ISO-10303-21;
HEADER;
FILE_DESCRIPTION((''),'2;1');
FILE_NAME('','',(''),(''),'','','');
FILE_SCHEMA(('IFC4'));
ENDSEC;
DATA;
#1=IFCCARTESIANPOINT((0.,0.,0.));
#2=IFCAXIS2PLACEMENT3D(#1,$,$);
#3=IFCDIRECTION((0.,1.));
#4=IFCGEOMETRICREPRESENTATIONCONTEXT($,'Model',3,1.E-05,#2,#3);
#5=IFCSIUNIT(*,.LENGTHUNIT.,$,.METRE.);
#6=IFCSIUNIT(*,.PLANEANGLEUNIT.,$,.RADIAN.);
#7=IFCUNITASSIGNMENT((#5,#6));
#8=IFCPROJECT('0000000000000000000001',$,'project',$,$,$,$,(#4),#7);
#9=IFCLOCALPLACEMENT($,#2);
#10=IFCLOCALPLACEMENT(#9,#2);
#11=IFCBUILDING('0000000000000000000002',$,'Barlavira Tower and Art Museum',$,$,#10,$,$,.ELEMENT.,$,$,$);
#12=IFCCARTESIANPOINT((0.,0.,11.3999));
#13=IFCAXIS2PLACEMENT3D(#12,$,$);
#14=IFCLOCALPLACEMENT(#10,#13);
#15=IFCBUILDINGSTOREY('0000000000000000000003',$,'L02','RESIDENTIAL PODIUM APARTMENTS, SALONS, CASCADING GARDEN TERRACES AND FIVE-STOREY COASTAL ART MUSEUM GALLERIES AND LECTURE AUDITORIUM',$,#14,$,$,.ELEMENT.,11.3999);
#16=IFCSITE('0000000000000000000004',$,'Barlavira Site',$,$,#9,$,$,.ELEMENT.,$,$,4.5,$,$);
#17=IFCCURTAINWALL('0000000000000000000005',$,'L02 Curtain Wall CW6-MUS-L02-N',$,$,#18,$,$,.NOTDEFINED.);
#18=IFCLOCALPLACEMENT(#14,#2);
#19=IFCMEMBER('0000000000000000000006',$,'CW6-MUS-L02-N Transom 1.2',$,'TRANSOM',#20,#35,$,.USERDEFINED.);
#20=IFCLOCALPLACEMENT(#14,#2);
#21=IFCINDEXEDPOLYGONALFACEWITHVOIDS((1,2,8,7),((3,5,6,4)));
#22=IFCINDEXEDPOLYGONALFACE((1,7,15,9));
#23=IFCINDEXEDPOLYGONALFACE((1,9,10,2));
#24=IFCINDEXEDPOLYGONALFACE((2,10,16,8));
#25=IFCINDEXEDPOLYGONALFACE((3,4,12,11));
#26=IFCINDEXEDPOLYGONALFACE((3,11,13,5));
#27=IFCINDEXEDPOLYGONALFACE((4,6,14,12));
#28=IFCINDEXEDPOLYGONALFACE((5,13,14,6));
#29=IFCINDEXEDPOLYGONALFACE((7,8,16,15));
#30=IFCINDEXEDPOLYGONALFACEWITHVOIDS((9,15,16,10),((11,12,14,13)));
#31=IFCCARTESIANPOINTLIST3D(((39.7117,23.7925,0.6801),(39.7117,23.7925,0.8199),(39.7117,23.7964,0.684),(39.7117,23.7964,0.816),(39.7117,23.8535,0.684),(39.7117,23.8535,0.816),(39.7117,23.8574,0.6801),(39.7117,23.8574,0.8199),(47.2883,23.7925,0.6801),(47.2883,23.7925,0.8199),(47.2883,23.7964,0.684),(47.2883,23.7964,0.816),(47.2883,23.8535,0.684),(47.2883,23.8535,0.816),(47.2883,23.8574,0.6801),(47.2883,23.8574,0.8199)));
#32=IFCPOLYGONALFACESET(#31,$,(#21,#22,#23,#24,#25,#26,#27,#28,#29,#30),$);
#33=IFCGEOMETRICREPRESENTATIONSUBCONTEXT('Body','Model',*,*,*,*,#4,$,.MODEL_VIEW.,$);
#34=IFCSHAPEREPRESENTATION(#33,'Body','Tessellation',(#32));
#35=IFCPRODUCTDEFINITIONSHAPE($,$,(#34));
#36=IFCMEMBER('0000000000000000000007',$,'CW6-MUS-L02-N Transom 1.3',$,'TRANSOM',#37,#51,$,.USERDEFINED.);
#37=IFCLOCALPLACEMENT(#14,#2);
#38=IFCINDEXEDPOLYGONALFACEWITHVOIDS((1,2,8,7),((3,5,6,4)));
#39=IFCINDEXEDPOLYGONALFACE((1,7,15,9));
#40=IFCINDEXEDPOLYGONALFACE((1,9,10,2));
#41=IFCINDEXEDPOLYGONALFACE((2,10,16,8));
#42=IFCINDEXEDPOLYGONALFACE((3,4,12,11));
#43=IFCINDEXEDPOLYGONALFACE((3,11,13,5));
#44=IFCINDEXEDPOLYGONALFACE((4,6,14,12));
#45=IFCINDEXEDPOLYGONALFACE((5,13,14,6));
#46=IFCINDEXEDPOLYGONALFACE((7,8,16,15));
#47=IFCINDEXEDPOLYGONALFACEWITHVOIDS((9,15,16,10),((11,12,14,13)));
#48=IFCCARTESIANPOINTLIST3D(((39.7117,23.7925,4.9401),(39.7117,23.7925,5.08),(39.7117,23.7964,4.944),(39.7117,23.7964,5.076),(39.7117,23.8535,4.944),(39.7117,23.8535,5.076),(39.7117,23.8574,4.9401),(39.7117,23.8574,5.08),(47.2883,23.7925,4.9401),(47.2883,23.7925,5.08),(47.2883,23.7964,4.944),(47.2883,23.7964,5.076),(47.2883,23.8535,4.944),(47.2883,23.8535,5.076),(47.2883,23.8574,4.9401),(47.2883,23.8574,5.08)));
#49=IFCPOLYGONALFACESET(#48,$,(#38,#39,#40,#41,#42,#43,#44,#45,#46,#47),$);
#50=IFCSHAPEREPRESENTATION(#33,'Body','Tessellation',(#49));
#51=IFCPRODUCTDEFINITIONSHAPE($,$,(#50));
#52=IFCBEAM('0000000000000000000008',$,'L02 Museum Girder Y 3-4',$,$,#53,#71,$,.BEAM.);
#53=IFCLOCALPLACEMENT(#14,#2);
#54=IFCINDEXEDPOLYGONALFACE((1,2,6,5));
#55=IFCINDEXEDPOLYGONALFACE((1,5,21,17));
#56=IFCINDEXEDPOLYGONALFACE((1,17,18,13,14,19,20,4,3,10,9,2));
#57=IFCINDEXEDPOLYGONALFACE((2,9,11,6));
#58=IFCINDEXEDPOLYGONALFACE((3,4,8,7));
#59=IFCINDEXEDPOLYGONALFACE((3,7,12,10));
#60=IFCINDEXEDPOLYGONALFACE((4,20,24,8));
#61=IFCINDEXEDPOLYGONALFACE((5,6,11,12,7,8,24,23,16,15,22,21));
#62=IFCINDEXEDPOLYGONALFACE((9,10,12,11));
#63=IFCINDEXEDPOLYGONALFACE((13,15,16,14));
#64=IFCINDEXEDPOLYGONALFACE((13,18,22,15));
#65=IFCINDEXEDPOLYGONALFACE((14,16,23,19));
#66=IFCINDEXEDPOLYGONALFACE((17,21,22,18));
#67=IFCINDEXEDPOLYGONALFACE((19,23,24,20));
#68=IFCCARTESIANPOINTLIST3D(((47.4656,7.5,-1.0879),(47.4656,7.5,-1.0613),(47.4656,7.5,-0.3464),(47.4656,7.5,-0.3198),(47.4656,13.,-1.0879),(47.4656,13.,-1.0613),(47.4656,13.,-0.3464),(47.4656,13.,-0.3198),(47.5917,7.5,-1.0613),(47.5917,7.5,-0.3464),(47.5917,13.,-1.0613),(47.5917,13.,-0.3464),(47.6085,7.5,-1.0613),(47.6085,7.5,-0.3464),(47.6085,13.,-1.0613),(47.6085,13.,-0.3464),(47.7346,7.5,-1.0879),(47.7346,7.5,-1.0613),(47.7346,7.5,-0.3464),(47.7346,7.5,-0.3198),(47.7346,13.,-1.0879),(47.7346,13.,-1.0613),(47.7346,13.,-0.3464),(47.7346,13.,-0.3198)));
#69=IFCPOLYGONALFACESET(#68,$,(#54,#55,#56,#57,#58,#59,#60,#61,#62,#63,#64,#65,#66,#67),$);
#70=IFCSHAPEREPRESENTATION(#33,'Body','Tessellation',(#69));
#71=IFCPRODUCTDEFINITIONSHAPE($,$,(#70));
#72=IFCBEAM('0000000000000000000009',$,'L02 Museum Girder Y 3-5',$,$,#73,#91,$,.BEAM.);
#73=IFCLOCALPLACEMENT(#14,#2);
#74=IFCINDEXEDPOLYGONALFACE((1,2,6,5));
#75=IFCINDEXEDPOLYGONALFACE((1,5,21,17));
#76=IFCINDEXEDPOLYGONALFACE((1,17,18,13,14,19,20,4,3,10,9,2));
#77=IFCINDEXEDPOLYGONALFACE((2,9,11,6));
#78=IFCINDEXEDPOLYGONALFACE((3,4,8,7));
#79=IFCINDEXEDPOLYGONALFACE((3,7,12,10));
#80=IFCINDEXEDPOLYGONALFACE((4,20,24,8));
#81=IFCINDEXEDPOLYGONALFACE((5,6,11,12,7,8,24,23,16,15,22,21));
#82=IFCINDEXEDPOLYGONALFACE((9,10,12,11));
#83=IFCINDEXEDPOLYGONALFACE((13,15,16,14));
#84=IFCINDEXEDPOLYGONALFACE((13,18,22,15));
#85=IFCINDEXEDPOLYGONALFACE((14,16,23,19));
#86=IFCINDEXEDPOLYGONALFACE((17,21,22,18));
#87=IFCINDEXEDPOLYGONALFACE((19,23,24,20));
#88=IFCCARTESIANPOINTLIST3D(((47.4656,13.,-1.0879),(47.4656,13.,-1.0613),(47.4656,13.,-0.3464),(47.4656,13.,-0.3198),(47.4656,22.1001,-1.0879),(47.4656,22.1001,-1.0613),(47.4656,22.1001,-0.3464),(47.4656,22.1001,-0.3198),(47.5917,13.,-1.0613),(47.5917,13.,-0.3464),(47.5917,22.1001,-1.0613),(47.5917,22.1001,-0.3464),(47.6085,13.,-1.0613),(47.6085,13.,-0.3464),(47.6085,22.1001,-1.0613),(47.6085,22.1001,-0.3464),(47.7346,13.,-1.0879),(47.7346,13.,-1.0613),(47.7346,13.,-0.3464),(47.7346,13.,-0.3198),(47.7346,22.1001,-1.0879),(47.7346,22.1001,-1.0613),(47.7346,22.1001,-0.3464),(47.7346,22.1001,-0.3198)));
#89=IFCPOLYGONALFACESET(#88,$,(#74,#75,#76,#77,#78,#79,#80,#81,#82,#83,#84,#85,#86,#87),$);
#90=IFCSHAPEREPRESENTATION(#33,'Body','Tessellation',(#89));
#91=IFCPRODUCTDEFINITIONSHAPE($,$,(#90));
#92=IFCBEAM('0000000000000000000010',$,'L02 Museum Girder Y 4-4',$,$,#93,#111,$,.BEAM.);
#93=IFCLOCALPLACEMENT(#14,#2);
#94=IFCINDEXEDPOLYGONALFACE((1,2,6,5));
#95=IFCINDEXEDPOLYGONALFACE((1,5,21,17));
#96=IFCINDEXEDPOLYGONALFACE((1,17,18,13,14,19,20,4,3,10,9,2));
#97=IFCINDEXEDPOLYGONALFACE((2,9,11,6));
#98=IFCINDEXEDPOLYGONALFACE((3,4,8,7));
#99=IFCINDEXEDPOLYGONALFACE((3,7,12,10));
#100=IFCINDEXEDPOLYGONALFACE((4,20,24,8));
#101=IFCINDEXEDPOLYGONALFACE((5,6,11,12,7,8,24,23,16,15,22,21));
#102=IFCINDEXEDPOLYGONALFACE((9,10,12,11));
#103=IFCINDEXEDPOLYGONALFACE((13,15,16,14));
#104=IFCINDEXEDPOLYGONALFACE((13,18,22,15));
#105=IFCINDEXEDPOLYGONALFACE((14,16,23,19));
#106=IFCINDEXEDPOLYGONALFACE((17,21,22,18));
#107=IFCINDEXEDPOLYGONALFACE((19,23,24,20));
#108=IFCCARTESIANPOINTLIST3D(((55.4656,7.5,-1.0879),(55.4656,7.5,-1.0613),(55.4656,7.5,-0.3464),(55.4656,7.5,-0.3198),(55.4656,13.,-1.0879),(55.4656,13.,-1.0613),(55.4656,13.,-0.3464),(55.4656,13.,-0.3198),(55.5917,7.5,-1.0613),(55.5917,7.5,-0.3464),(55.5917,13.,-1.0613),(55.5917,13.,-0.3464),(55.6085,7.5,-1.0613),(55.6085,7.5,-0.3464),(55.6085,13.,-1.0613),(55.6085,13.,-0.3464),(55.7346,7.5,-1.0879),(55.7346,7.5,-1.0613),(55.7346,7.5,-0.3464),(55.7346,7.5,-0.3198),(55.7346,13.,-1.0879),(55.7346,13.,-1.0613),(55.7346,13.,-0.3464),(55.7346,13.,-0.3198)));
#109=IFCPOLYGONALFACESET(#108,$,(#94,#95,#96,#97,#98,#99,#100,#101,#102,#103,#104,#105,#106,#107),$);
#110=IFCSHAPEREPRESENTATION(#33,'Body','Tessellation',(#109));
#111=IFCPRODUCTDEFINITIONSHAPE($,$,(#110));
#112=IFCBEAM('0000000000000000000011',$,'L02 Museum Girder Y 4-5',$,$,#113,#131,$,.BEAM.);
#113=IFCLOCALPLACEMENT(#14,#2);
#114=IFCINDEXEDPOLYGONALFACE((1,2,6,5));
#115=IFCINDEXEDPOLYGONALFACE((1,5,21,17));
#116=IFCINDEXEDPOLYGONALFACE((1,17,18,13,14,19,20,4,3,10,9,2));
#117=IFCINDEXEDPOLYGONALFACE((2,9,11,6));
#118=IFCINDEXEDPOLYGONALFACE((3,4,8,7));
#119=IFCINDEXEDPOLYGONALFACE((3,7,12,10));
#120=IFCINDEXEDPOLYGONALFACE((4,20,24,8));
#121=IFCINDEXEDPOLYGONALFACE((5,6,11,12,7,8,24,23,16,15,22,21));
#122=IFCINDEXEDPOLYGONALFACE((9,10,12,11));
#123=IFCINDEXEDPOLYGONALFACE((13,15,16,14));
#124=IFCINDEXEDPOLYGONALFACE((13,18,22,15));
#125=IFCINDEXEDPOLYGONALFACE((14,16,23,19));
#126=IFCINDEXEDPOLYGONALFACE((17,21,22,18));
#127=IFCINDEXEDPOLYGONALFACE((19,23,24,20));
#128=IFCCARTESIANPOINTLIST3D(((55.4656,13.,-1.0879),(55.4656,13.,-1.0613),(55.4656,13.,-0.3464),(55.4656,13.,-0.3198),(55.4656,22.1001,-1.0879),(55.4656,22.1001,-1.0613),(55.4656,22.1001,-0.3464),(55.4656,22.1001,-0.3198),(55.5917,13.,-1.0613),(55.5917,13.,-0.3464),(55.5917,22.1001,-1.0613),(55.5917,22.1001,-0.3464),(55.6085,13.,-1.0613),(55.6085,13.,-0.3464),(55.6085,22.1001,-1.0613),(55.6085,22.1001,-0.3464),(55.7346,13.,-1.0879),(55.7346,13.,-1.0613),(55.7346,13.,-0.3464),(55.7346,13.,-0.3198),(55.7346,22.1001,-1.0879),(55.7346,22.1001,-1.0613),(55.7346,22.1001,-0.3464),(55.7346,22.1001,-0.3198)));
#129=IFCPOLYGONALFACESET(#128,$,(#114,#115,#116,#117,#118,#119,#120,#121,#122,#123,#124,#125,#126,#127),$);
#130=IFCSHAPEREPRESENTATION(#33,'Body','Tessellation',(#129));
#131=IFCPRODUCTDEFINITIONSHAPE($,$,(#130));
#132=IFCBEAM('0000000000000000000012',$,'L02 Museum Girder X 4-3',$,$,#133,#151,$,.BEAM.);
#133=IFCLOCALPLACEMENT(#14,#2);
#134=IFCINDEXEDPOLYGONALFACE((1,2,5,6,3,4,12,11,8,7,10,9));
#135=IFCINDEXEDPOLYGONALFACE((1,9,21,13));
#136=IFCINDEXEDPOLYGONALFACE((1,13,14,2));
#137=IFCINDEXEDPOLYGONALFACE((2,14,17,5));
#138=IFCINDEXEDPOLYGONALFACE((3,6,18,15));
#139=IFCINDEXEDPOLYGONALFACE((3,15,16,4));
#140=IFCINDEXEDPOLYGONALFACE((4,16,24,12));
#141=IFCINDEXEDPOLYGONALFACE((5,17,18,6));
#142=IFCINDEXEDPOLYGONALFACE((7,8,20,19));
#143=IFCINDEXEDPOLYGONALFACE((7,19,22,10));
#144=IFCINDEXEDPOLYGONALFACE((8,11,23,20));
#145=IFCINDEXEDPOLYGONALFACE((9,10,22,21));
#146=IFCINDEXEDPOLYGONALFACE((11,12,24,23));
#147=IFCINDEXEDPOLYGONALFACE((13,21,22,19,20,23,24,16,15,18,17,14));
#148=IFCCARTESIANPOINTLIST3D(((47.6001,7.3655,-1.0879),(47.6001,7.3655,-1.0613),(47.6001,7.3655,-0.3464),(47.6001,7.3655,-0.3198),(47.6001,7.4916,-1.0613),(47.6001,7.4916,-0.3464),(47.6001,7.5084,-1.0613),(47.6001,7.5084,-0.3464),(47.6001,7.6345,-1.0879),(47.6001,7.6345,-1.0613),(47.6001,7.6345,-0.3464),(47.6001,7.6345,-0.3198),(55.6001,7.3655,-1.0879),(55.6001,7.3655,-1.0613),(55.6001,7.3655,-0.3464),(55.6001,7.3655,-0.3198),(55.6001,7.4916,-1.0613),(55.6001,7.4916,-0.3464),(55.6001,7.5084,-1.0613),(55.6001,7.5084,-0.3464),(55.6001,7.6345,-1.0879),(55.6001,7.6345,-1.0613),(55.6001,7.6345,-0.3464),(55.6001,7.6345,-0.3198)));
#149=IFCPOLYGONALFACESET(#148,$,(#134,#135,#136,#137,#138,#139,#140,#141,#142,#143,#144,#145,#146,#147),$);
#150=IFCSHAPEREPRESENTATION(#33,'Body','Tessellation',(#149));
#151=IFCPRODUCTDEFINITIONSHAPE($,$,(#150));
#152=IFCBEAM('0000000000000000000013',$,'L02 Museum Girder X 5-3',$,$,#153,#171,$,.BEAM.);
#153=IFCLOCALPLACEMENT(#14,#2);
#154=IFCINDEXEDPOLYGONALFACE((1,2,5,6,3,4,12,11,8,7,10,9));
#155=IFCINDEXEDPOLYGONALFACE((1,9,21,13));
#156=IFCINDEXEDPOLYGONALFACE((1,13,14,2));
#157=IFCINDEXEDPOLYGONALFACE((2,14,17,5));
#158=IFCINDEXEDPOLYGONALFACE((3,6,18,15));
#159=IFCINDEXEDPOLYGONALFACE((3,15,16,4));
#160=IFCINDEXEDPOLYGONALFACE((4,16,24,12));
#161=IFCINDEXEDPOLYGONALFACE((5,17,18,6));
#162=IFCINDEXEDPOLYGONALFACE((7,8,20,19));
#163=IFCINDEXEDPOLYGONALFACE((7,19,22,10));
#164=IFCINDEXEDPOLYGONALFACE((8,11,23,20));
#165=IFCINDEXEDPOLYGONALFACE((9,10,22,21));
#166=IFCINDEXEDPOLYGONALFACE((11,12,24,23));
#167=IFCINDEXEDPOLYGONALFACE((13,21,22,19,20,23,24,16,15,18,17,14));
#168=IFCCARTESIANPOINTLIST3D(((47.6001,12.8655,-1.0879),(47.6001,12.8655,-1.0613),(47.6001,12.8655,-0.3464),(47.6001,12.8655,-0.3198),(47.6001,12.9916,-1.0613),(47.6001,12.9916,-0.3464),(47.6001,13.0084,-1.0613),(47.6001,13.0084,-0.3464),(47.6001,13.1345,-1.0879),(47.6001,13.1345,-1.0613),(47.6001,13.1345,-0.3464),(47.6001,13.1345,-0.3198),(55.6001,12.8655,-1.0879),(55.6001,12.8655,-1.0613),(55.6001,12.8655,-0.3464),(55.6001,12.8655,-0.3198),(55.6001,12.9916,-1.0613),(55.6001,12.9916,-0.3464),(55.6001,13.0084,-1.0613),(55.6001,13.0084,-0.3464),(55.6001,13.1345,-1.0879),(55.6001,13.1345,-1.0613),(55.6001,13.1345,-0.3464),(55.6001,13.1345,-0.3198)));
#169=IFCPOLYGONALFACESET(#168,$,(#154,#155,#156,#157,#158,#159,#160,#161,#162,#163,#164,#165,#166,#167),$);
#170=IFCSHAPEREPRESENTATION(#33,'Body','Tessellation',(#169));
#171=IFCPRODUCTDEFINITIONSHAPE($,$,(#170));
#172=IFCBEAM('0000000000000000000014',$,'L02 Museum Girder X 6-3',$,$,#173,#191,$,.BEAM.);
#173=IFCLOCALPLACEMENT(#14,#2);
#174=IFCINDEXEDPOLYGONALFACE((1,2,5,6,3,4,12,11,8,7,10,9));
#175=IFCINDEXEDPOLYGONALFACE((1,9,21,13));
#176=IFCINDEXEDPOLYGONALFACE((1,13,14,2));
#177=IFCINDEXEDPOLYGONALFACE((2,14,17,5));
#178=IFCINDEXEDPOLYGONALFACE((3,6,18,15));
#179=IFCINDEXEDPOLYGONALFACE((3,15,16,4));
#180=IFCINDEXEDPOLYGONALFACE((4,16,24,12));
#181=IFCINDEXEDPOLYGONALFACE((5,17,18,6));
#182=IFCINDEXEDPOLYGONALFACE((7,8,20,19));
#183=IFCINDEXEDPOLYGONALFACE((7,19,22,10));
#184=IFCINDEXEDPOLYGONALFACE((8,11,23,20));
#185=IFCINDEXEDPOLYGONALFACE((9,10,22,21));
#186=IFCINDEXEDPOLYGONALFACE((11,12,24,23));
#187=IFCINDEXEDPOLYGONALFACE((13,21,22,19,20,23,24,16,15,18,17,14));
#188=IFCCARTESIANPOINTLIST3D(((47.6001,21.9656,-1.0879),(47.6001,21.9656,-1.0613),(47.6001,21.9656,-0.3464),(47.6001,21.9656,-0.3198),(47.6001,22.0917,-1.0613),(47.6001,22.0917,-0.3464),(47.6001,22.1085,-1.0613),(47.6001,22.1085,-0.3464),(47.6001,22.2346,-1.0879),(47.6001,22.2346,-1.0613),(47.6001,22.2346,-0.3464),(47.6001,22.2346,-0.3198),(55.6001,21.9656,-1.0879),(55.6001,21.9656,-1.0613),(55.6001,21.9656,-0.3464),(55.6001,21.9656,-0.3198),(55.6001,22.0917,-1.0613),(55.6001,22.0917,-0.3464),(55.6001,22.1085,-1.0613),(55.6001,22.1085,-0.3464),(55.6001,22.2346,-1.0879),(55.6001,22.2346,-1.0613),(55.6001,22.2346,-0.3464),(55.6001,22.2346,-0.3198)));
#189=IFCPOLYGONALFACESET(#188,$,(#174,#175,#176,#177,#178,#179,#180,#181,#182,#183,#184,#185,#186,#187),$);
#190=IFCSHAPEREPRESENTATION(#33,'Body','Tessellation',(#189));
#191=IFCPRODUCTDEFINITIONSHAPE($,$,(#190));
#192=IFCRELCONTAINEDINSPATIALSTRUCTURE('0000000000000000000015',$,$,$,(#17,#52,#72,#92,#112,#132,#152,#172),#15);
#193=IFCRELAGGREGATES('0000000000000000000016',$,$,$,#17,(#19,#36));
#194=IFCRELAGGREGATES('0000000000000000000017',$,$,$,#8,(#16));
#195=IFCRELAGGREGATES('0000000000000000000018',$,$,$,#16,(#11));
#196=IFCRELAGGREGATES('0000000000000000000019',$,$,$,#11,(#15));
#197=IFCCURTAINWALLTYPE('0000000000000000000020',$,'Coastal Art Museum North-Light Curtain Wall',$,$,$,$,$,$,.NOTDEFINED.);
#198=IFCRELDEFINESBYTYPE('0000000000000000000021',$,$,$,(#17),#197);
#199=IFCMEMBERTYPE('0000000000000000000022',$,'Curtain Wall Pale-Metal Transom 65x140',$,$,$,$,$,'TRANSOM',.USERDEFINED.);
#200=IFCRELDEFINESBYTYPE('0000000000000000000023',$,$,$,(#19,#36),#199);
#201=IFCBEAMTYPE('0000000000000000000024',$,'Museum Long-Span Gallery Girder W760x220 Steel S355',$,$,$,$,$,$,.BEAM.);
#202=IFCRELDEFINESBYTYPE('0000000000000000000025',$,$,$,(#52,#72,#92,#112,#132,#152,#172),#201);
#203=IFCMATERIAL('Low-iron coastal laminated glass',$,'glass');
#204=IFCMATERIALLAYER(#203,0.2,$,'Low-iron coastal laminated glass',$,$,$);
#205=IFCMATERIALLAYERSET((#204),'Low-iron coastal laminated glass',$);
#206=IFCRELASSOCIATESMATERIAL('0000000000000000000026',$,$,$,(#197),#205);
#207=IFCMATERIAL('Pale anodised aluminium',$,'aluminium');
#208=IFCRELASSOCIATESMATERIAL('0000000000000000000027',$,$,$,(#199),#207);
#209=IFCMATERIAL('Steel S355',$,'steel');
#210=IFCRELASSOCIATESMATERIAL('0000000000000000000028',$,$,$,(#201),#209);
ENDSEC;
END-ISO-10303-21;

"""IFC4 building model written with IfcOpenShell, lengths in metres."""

from ifc_helpers import new_model, si_unit, direction, frame, origin, origin_2d, place, context, subcontext, project, spatial, hollow_rectangle, i_section, extrude, material, layer, layer_set, material_profile, profile_set, type_object, element, aggregate, save


model = new_model("IFC4")

# Units and contexts
model_context = context("Model", 3, precision=1e-05, world=origin(), true_north=direction((0.0, 1.0)))
body_context = subcontext(model_context, "Body", "Model", "MODEL_VIEW")
ifc_project = project(units=[si_unit("LENGTHUNIT", "METRE"), si_unit("PLANEANGLEUNIT", "RADIAN")], contexts=[model_context])

# Site, building, storey
site_placement = place(None, origin())
site = spatial("IfcSite", under=ifc_project, at=site_placement, Name="Barlavira Site", CompositionType="ELEMENT", RefElevation=4.5)
building_placement = place(site_placement, origin())
building = spatial("IfcBuilding", under=site, at=building_placement, Name="Barlavira Tower and Art Museum", CompositionType="ELEMENT")
storey_placement = place(building_placement, frame((0.0, 0.0, 11.3999)))
storey = spatial("IfcBuildingStorey", under=building, at=storey_placement, Name="L02", Description="RESIDENTIAL PODIUM APARTMENTS, SALONS, CASCADING GARDEN TERRACES AND FIVE-STOREY COASTAL ART MUSEUM GALLERIES AND LECTURE AUDITORIUM", CompositionType="ELEMENT", Elevation=11.3999)

# Curtain wall, members
ifc_material_1 = material(Name="Low-iron coastal laminated glass", Category="glass")
ifc_layer_1 = layer(ifc_material_1, 0.2, Name="Low-iron coastal laminated glass")
ifc_layer_set_1 = layer_set([ifc_layer_1], Name="Low-iron coastal laminated glass")
curtain_wall_type = type_object("IfcCurtainWallType", Name="Coastal Art Museum North-Light Curtain Wall", PredefinedType="NOTDEFINED", material=ifc_layer_set_1)
curtain_wall_placement = place(storey_placement, origin())
curtain_wall = element("IfcCurtainWall", 1, at=curtain_wall_placement, inside=storey, type_object=curtain_wall_type, Name="L02 Curtain Wall CW6-MUS-L02-N", PredefinedType="NOTDEFINED")
ifc_material_2 = material(Name="Pale anodised aluminium", Category="aluminium")
ifc_material_profile_1 = material_profile(ifc_material_2, hollow_rectangle(XDim=0.0649, YDim=0.1399, WallThickness=0.0039, at=origin_2d()), Name="ALU-TRAN 65x140x4")
ifc_profile_set_1 = profile_set([ifc_material_profile_1], Name="Pale anodised aluminium")
member_type_1 = type_object("IfcMemberType", Name="Curtain Wall Pale-Metal Transom 65x140", ElementType="TRANSOM", PredefinedType="USERDEFINED", material=ifc_profile_set_1)
member_1_placement = place(storey_placement, frame((47.2883, 23.825, 0.75), z_axis=(-1.0, 0.0, 0.0), x_axis=(0.0, -1.0, 0.0)))
member_1 = element("IfcMember", 2, at=member_1_placement, type_object=member_type_1, Name="CW6-MUS-L02-N Transom 1.2", ObjectType="TRANSOM", PredefinedType="USERDEFINED", context=body_context, shape_type="SweptSolid", body=[
    extrude(hollow_rectangle(XDim=0.0649, YDim=0.1399, WallThickness=0.0039, at=origin_2d()), origin(), (0.0, 0.0, 1.0), 7.5767),
])
member_2_placement = place(storey_placement, frame((47.2883, 23.825, 5.01), z_axis=(-1.0, 0.0, 0.0), x_axis=(0.0, -1.0, 0.0)))
member_2 = element("IfcMember", 3, at=member_2_placement, type_object=member_type_1, Name="CW6-MUS-L02-N Transom 1.3", ObjectType="TRANSOM", PredefinedType="USERDEFINED", context=body_context, shape_type="SweptSolid", body=[
    extrude(hollow_rectangle(XDim=0.0649, YDim=0.1399, WallThickness=0.0039, at=origin_2d()), origin(), (0.0, 0.0, 1.0), 7.5767),
])

# Beams
ifc_material_3 = material(Name="Steel S355", Category="steel")
ifc_material_profile_2 = material_profile(ifc_material_3, i_section(OverallWidth=0.269, OverallDepth=0.7681, WebThickness=0.0168, FlangeThickness=0.0266, at=origin_2d()), Name="W760x220.0")
ifc_profile_set_2 = profile_set([ifc_material_profile_2], Name="Steel S355")
beam_type = type_object("IfcBeamType", Name="Museum Long-Span Gallery Girder W760x220 Steel S355", PredefinedType="BEAM", material=ifc_profile_set_2)
beam_1_placement = place(storey_placement, frame((47.6001, 7.5, -0.7039), z_axis=(0.0, 1.0, 0.0), x_axis=(-1.0, 0.0, 0.0)))
element("IfcBeam", 4, at=beam_1_placement, inside=storey, type_object=beam_type, Name="L02 Museum Girder Y 3-4", PredefinedType="BEAM", context=body_context, shape_type="SweptSolid", body=[
    extrude(i_section(OverallWidth=0.269, OverallDepth=0.7681, WebThickness=0.0168, FlangeThickness=0.0266, at=origin_2d()), origin(), (0.0, 0.0, 1.0), 5.5),
])
beam_2_placement = place(storey_placement, frame((47.6001, 13.0, -0.7039), z_axis=(0.0, 1.0, 0.0), x_axis=(-1.0, 0.0, 0.0)))
element("IfcBeam", 5, at=beam_2_placement, inside=storey, type_object=beam_type, Name="L02 Museum Girder Y 3-5", PredefinedType="BEAM", context=body_context, shape_type="SweptSolid", body=[
    extrude(i_section(OverallWidth=0.269, OverallDepth=0.7681, WebThickness=0.0168, FlangeThickness=0.0266, at=origin_2d()), origin(), (0.0, 0.0, 1.0), 9.1001),
])
beam_3_placement = place(storey_placement, frame((55.6001, 7.5, -0.7039), z_axis=(0.0, 1.0, 0.0), x_axis=(-1.0, 0.0, 0.0)))
element("IfcBeam", 6, at=beam_3_placement, inside=storey, type_object=beam_type, Name="L02 Museum Girder Y 4-4", PredefinedType="BEAM", context=body_context, shape_type="SweptSolid", body=[
    extrude(i_section(OverallWidth=0.269, OverallDepth=0.7681, WebThickness=0.0168, FlangeThickness=0.0266, at=origin_2d()), origin(), (0.0, 0.0, 1.0), 5.5),
])
beam_4_placement = place(storey_placement, frame((55.6001, 13.0, -0.7039), z_axis=(0.0, 1.0, 0.0), x_axis=(-1.0, 0.0, 0.0)))
element("IfcBeam", 7, at=beam_4_placement, inside=storey, type_object=beam_type, Name="L02 Museum Girder Y 4-5", PredefinedType="BEAM", context=body_context, shape_type="SweptSolid", body=[
    extrude(i_section(OverallWidth=0.269, OverallDepth=0.7681, WebThickness=0.0168, FlangeThickness=0.0266, at=origin_2d()), origin(), (0.0, 0.0, 1.0), 9.1001),
])
for number, where, z_axis, x_axis, name in (
    (8, (47.6001, 7.5, -0.7039), (1.0, 0.0, 0.0), (0.0, 1.0, 0.0), "L02 Museum Girder X 4-3"),
    (9, (47.6001, 13.0, -0.7039), (1.0, 0.0, 0.0), (0.0, 1.0, 0.0), "L02 Museum Girder X 5-3"),
    (10, (47.6001, 22.1001, -0.7039), (1.0, 0.0, 0.0), (0.0, 1.0, 0.0), "L02 Museum Girder X 6-3"),
):
    element("IfcBeam", number, at=place(storey_placement, frame(where, z_axis=z_axis, x_axis=x_axis)), inside=storey, type_object=beam_type, Name=name, PredefinedType="BEAM", context=body_context, shape_type="SweptSolid", body=[
        extrude(i_section(OverallWidth=0.269, OverallDepth=0.7681, WebThickness=0.0168, FlangeThickness=0.0266, at=origin_2d()), origin(), (0.0, 0.0, 1.0), 8.0),
    ])

aggregate(curtain_wall, [member_1, member_2])

save(model, "model.ifc")
